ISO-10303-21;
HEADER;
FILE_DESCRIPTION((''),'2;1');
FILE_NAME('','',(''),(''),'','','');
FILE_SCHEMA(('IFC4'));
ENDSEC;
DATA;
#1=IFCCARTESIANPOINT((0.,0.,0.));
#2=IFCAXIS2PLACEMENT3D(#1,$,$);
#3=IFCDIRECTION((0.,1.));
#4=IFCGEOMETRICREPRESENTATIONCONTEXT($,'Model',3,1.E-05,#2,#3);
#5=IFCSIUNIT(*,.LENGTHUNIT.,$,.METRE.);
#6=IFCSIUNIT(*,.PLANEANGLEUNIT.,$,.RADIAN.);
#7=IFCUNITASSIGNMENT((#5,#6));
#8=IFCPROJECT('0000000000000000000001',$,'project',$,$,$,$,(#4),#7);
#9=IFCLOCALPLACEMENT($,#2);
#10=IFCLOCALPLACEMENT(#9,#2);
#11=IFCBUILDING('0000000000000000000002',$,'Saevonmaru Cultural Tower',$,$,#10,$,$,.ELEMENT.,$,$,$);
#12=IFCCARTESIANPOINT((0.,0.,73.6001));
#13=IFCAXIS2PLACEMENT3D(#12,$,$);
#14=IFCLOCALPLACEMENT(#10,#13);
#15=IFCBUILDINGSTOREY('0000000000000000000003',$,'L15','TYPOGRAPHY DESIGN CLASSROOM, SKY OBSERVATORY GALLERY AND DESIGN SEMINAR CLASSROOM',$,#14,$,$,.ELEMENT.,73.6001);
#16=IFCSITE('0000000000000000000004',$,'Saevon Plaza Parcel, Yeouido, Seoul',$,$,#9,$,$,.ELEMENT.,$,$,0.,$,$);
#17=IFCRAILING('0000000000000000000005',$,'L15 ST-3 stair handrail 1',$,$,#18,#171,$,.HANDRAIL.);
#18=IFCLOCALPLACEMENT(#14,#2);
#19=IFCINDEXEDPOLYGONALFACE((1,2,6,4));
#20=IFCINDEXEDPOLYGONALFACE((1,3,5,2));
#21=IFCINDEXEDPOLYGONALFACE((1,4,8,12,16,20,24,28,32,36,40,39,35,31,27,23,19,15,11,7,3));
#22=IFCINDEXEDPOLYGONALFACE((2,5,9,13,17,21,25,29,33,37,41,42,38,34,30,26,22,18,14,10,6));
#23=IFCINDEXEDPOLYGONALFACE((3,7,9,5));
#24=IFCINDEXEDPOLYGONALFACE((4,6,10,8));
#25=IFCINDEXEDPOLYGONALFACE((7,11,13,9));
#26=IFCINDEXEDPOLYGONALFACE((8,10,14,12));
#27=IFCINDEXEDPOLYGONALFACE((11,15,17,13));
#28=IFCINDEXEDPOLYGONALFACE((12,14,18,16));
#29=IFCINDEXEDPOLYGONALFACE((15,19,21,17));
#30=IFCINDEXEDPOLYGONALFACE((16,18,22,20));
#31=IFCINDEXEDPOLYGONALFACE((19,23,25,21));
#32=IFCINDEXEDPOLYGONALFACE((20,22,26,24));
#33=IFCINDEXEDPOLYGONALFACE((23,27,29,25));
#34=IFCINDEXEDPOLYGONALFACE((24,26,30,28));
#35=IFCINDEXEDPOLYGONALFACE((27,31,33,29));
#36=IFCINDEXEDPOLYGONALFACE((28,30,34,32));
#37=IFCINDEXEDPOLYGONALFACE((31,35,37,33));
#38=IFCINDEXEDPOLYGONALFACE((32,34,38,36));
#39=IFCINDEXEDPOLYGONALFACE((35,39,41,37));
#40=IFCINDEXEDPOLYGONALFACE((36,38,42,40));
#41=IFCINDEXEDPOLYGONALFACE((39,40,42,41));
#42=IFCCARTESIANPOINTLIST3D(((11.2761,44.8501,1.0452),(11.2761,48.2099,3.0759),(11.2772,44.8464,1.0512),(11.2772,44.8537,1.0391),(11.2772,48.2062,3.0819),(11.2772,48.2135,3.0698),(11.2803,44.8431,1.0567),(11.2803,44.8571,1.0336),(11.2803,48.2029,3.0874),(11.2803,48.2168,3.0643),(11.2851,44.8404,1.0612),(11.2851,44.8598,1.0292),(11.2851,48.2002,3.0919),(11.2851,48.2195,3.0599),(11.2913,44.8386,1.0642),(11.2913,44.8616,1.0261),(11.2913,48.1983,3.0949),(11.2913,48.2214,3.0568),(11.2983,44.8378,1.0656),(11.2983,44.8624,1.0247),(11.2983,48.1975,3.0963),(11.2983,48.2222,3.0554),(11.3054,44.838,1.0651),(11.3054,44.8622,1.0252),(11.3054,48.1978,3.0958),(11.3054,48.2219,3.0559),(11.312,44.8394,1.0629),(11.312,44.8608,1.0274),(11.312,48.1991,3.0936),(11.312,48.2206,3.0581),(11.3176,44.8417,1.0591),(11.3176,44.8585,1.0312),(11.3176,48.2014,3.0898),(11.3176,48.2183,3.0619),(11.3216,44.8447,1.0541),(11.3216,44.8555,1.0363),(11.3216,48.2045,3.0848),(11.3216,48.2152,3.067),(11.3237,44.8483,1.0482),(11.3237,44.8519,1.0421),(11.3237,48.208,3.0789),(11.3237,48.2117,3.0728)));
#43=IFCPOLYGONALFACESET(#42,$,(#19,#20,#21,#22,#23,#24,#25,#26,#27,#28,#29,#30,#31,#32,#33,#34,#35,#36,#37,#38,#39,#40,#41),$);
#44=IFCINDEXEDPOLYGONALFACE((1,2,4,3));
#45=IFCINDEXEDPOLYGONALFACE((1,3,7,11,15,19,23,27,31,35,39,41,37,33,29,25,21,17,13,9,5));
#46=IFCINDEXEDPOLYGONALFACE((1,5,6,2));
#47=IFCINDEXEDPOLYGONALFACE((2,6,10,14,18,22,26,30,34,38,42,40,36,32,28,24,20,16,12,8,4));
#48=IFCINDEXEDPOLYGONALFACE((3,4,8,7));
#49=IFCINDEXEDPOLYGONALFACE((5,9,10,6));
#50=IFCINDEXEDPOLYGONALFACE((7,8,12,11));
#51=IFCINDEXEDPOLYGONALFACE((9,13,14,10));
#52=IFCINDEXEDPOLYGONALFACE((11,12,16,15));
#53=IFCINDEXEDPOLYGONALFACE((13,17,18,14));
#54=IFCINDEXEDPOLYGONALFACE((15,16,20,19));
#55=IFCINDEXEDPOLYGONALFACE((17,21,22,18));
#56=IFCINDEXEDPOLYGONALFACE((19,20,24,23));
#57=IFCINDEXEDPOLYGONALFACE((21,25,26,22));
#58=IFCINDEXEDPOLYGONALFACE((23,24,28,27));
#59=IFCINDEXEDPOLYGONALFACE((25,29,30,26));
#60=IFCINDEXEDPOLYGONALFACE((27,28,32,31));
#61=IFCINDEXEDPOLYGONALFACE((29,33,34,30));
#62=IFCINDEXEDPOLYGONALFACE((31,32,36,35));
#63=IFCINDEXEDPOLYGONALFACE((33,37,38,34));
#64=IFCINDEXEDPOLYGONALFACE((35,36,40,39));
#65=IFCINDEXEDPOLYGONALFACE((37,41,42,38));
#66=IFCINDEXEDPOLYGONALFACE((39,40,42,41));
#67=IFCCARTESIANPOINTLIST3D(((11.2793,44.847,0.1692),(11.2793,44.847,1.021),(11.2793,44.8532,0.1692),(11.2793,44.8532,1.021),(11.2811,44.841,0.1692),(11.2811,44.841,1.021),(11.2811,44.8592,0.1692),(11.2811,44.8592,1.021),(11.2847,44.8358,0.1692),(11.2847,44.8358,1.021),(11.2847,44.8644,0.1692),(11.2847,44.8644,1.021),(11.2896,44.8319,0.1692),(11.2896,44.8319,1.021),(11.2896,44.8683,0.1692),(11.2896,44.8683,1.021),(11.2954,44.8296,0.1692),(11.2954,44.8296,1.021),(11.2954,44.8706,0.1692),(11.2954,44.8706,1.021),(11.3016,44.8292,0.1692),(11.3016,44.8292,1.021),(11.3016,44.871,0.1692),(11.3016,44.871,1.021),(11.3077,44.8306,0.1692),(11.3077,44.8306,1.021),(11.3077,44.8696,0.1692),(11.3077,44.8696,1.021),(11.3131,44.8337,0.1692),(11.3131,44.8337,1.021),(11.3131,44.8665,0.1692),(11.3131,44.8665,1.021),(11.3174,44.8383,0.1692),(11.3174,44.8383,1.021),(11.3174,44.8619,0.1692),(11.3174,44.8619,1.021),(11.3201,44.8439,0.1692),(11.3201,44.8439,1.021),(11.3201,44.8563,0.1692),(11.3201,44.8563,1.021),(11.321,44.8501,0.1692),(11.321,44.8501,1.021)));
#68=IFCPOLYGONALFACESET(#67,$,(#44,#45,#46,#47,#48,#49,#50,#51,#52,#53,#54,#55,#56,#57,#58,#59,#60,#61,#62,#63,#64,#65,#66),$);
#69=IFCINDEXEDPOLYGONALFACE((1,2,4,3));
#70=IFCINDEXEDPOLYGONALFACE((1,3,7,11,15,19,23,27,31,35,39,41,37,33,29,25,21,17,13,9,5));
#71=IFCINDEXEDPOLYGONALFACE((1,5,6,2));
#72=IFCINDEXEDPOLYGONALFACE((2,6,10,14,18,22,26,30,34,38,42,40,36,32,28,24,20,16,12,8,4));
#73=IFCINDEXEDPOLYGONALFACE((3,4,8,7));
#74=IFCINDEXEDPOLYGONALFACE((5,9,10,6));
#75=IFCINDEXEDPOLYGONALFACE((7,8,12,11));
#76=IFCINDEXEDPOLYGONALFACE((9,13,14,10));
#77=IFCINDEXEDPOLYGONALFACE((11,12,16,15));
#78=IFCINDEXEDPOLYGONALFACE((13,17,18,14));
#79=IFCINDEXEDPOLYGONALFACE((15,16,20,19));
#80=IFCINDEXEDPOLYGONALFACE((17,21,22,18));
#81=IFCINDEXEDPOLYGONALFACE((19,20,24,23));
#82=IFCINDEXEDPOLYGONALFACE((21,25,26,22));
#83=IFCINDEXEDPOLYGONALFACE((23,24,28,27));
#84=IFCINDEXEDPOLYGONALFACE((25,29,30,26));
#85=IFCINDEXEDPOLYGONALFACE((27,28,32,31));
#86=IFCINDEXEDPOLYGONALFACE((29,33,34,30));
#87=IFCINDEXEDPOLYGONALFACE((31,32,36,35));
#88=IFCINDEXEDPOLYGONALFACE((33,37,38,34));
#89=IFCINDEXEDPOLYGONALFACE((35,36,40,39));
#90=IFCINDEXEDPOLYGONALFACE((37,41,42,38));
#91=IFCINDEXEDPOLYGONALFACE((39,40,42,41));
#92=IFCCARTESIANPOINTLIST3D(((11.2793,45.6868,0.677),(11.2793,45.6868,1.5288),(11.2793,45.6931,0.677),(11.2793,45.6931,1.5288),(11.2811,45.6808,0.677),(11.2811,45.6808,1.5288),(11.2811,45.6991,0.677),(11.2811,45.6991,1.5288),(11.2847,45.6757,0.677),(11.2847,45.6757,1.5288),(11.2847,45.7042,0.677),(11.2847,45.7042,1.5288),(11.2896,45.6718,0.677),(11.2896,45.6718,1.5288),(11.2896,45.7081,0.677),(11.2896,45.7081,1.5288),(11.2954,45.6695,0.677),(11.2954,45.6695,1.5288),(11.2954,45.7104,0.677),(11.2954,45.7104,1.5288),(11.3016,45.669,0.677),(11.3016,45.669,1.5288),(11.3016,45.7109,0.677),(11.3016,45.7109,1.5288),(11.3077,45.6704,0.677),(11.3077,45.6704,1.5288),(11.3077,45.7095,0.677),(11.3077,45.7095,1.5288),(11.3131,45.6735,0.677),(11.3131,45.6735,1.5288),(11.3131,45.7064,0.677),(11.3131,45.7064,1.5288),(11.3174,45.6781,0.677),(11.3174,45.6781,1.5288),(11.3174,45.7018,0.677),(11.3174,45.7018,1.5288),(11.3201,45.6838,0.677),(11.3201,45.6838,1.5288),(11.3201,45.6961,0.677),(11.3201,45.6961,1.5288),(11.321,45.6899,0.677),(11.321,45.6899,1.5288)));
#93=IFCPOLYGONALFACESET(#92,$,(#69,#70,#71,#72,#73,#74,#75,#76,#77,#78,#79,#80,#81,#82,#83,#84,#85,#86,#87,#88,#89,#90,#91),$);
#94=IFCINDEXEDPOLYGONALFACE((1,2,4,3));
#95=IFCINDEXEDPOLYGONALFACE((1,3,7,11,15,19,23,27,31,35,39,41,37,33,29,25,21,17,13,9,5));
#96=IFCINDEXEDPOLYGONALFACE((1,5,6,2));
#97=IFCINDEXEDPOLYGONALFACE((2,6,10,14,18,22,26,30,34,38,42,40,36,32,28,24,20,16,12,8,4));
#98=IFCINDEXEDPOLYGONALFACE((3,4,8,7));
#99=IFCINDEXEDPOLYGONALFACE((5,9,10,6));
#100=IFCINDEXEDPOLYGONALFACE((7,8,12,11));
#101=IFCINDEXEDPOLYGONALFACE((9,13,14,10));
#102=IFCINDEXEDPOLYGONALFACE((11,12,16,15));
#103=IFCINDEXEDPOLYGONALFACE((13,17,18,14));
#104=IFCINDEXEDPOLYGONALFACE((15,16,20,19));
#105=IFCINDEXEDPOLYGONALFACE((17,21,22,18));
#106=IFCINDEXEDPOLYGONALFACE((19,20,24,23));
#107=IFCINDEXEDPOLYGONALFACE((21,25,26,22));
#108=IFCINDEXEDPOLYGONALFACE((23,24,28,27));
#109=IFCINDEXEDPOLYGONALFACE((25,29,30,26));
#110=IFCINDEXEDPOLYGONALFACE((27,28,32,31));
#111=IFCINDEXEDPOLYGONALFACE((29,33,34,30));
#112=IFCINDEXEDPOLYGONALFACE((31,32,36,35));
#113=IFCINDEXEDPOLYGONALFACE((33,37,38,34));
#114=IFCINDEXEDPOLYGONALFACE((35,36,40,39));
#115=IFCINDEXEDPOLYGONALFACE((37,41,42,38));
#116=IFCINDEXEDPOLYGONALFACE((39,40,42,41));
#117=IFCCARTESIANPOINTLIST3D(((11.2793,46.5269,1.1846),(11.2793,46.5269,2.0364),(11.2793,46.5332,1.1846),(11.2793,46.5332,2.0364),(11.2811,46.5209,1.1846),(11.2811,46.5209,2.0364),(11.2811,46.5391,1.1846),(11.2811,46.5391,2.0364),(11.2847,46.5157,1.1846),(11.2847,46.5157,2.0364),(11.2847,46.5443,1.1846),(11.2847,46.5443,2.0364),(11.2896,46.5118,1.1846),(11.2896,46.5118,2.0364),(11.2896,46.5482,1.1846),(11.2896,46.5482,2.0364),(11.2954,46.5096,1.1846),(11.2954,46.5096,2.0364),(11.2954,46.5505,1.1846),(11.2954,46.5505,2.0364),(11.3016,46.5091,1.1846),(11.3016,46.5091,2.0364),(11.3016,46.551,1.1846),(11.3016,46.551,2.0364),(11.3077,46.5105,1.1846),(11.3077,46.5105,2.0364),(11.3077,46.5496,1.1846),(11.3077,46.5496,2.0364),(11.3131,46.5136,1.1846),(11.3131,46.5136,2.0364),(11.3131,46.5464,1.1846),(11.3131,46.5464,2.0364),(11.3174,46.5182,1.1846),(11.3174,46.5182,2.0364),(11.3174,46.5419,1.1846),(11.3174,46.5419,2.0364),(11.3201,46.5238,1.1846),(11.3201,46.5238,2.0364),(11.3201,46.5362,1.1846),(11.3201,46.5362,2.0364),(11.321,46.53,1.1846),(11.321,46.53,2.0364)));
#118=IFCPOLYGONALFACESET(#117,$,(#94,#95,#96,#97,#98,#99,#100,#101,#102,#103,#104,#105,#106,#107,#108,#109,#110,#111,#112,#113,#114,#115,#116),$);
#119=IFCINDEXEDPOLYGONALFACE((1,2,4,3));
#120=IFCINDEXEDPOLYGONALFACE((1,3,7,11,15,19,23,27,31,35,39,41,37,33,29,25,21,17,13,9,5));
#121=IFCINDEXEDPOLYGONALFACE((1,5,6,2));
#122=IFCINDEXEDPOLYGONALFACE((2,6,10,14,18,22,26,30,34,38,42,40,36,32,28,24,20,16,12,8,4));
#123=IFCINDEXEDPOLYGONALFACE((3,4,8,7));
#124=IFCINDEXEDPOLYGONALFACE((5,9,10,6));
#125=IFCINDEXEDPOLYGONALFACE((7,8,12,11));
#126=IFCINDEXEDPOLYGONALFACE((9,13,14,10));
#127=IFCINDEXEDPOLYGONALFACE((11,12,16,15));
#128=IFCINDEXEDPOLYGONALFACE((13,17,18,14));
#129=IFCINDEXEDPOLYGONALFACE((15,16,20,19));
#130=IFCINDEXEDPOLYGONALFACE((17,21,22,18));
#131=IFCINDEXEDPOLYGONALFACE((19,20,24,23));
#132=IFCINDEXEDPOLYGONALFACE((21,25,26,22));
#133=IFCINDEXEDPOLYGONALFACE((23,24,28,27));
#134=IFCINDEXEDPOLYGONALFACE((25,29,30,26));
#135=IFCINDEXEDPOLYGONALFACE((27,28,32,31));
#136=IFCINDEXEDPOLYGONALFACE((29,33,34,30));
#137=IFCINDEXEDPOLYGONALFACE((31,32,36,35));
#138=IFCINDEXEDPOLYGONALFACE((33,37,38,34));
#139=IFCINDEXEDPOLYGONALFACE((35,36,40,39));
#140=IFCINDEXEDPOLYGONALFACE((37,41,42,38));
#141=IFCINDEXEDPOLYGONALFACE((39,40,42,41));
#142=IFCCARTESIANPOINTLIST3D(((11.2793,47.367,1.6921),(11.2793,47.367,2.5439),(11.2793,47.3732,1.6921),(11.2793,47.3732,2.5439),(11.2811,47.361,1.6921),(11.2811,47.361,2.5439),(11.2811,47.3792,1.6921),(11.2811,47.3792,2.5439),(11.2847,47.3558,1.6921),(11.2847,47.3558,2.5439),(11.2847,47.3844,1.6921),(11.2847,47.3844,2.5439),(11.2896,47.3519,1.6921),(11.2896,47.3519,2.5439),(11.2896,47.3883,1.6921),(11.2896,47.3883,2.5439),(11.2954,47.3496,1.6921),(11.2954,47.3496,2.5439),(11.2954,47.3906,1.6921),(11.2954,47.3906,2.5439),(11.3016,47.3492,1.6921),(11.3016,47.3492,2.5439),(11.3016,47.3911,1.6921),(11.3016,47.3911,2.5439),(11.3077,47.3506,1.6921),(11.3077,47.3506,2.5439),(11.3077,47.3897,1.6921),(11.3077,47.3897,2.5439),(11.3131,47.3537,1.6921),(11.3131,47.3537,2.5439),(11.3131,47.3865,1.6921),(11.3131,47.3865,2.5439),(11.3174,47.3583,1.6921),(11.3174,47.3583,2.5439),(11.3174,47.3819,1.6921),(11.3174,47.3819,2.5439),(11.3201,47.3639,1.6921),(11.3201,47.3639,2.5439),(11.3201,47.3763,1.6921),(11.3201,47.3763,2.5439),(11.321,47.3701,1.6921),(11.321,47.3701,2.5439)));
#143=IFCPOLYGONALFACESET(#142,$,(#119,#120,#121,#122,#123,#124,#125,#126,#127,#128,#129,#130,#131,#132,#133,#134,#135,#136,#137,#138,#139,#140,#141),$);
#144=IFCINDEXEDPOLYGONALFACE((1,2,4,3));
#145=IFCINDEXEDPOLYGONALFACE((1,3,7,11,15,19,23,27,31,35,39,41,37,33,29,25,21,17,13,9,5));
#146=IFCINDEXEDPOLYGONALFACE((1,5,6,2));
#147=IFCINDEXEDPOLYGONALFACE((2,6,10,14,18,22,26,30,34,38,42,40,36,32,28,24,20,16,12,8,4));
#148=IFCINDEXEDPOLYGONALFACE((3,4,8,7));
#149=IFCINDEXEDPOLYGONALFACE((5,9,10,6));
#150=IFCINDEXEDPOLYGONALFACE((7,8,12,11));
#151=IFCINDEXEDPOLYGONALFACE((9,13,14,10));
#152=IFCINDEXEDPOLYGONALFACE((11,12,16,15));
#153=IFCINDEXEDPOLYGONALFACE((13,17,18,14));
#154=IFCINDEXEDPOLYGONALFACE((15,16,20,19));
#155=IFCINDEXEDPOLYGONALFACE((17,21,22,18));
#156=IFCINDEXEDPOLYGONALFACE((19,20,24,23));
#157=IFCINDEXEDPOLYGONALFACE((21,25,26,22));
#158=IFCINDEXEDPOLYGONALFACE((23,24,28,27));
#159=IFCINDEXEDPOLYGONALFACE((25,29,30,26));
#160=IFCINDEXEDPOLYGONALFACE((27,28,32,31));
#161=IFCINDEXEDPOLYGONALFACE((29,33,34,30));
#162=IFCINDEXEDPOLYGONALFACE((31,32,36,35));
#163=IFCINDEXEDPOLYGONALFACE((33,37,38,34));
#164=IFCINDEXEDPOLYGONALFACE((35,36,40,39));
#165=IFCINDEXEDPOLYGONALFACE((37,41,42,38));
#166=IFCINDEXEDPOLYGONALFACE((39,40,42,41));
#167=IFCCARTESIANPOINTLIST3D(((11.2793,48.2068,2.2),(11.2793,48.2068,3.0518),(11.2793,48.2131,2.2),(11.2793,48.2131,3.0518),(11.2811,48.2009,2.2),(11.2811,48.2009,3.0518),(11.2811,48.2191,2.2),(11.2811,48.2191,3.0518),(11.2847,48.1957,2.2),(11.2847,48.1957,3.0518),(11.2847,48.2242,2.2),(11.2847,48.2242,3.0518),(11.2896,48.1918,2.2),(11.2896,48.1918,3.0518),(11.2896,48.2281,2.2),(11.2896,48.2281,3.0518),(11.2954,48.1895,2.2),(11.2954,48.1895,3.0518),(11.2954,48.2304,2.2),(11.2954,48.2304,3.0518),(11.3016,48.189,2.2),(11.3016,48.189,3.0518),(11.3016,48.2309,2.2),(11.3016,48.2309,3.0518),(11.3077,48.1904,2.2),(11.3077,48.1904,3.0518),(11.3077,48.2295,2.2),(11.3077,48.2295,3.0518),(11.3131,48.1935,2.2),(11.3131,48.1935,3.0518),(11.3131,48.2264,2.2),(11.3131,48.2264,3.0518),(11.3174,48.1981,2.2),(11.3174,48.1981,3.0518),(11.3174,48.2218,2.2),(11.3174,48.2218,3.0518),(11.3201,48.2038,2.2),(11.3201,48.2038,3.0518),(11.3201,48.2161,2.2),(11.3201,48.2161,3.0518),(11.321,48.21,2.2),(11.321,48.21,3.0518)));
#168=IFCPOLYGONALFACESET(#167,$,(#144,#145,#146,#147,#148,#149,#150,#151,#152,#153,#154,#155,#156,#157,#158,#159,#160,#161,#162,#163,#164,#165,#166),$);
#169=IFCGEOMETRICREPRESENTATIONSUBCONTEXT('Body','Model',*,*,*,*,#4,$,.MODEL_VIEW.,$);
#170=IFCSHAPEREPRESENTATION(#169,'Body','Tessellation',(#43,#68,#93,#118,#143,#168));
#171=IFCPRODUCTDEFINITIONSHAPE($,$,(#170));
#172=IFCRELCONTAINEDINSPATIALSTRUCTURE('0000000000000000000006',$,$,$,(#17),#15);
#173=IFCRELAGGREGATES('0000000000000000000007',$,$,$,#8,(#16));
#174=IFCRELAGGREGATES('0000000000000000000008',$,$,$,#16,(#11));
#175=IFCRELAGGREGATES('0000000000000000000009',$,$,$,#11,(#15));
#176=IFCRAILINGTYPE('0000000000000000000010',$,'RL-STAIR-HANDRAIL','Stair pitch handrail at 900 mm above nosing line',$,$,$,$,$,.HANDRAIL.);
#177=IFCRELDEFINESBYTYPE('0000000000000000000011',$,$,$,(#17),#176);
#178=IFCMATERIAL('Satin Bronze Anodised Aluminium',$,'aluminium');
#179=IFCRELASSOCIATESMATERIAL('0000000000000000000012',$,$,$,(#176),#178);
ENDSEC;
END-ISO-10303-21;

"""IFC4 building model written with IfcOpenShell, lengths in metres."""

from ifc_helpers import new_model, si_unit, direction, frame, origin, origin_2d, place, context, subcontext, project, spatial, circle, extrude, material, type_object, element, save


model = new_model("IFC4")

# Units and contexts
model_context = context("Model", 3, precision=1e-05, world=origin(), true_north=direction((0.0, 1.0)))
body_context = subcontext(model_context, "Body", "Model", "MODEL_VIEW")
ifc_project = project(units=[si_unit("LENGTHUNIT", "METRE"), si_unit("PLANEANGLEUNIT", "RADIAN")], contexts=[model_context])

# Site, building, storey
site_placement = place(None, origin())
site = spatial("IfcSite", under=ifc_project, at=site_placement, Name="Saevon Plaza Parcel, Yeouido, Seoul", CompositionType="ELEMENT", RefElevation=0.0)
building_placement = place(site_placement, origin())
building = spatial("IfcBuilding", under=site, at=building_placement, Name="Saevonmaru Cultural Tower", CompositionType="ELEMENT")
storey_placement = place(building_placement, frame((0.0, 0.0, 73.6001)))
storey = spatial("IfcBuildingStorey", under=building, at=storey_placement, Name="L15", Description="TYPOGRAPHY DESIGN CLASSROOM, SKY OBSERVATORY GALLERY AND DESIGN SEMINAR CLASSROOM", CompositionType="ELEMENT", Elevation=73.6001)

# Shared definitions
ifc_material_1 = material(Name="Satin Bronze Anodised Aluminium", Category="aluminium")

# Railing
railing_type_1 = type_object("IfcRailingType", Name="RL-STAIR-HANDRAIL", Description="Stair pitch handrail at 900 mm above nosing line", PredefinedType="HANDRAIL", material=ifc_material_1)
railing_1_placement = place(storey_placement, frame((11.3, 44.8501, 0.1692)))
element("IfcRailing", 1, at=railing_1_placement, inside=storey, type_object=railing_type_1, Name="L15 ST-3 stair handrail 1", PredefinedType="HANDRAIL", context=body_context, shape_type="SweptSolid", body=[
    extrude(circle(Radius=0.0239, at=origin_2d()), frame((0.0, 0.0, 0.876), z_axis=(0.0, 0.85582, 0.517273), x_axis=(-1.0, 0.0, 0.0)), (0.0, 0.0, 1.0), 3.9258),
    extrude(circle(Radius=0.021, at=origin_2d()), origin(), (0.0, 0.0, 1.0), 0.8518),
    extrude(circle(Radius=0.021, at=origin_2d()), frame((0.0, 0.8398, 0.5078)), (0.0, 0.0, 1.0), 0.8518),
    extrude(circle(Radius=0.021, at=origin_2d()), frame((0.0, 1.6799, 1.0154)), (0.0, 0.0, 1.0), 0.8518),
    extrude(circle(Radius=0.021, at=origin_2d()), frame((0.0, 2.52, 1.5229)), (0.0, 0.0, 1.0), 0.8518),
    extrude(circle(Radius=0.021, at=origin_2d()), frame((0.0, 3.3599, 2.0308)), (0.0, 0.0, 1.0), 0.8518),
])

save(model, "model.ifc")
